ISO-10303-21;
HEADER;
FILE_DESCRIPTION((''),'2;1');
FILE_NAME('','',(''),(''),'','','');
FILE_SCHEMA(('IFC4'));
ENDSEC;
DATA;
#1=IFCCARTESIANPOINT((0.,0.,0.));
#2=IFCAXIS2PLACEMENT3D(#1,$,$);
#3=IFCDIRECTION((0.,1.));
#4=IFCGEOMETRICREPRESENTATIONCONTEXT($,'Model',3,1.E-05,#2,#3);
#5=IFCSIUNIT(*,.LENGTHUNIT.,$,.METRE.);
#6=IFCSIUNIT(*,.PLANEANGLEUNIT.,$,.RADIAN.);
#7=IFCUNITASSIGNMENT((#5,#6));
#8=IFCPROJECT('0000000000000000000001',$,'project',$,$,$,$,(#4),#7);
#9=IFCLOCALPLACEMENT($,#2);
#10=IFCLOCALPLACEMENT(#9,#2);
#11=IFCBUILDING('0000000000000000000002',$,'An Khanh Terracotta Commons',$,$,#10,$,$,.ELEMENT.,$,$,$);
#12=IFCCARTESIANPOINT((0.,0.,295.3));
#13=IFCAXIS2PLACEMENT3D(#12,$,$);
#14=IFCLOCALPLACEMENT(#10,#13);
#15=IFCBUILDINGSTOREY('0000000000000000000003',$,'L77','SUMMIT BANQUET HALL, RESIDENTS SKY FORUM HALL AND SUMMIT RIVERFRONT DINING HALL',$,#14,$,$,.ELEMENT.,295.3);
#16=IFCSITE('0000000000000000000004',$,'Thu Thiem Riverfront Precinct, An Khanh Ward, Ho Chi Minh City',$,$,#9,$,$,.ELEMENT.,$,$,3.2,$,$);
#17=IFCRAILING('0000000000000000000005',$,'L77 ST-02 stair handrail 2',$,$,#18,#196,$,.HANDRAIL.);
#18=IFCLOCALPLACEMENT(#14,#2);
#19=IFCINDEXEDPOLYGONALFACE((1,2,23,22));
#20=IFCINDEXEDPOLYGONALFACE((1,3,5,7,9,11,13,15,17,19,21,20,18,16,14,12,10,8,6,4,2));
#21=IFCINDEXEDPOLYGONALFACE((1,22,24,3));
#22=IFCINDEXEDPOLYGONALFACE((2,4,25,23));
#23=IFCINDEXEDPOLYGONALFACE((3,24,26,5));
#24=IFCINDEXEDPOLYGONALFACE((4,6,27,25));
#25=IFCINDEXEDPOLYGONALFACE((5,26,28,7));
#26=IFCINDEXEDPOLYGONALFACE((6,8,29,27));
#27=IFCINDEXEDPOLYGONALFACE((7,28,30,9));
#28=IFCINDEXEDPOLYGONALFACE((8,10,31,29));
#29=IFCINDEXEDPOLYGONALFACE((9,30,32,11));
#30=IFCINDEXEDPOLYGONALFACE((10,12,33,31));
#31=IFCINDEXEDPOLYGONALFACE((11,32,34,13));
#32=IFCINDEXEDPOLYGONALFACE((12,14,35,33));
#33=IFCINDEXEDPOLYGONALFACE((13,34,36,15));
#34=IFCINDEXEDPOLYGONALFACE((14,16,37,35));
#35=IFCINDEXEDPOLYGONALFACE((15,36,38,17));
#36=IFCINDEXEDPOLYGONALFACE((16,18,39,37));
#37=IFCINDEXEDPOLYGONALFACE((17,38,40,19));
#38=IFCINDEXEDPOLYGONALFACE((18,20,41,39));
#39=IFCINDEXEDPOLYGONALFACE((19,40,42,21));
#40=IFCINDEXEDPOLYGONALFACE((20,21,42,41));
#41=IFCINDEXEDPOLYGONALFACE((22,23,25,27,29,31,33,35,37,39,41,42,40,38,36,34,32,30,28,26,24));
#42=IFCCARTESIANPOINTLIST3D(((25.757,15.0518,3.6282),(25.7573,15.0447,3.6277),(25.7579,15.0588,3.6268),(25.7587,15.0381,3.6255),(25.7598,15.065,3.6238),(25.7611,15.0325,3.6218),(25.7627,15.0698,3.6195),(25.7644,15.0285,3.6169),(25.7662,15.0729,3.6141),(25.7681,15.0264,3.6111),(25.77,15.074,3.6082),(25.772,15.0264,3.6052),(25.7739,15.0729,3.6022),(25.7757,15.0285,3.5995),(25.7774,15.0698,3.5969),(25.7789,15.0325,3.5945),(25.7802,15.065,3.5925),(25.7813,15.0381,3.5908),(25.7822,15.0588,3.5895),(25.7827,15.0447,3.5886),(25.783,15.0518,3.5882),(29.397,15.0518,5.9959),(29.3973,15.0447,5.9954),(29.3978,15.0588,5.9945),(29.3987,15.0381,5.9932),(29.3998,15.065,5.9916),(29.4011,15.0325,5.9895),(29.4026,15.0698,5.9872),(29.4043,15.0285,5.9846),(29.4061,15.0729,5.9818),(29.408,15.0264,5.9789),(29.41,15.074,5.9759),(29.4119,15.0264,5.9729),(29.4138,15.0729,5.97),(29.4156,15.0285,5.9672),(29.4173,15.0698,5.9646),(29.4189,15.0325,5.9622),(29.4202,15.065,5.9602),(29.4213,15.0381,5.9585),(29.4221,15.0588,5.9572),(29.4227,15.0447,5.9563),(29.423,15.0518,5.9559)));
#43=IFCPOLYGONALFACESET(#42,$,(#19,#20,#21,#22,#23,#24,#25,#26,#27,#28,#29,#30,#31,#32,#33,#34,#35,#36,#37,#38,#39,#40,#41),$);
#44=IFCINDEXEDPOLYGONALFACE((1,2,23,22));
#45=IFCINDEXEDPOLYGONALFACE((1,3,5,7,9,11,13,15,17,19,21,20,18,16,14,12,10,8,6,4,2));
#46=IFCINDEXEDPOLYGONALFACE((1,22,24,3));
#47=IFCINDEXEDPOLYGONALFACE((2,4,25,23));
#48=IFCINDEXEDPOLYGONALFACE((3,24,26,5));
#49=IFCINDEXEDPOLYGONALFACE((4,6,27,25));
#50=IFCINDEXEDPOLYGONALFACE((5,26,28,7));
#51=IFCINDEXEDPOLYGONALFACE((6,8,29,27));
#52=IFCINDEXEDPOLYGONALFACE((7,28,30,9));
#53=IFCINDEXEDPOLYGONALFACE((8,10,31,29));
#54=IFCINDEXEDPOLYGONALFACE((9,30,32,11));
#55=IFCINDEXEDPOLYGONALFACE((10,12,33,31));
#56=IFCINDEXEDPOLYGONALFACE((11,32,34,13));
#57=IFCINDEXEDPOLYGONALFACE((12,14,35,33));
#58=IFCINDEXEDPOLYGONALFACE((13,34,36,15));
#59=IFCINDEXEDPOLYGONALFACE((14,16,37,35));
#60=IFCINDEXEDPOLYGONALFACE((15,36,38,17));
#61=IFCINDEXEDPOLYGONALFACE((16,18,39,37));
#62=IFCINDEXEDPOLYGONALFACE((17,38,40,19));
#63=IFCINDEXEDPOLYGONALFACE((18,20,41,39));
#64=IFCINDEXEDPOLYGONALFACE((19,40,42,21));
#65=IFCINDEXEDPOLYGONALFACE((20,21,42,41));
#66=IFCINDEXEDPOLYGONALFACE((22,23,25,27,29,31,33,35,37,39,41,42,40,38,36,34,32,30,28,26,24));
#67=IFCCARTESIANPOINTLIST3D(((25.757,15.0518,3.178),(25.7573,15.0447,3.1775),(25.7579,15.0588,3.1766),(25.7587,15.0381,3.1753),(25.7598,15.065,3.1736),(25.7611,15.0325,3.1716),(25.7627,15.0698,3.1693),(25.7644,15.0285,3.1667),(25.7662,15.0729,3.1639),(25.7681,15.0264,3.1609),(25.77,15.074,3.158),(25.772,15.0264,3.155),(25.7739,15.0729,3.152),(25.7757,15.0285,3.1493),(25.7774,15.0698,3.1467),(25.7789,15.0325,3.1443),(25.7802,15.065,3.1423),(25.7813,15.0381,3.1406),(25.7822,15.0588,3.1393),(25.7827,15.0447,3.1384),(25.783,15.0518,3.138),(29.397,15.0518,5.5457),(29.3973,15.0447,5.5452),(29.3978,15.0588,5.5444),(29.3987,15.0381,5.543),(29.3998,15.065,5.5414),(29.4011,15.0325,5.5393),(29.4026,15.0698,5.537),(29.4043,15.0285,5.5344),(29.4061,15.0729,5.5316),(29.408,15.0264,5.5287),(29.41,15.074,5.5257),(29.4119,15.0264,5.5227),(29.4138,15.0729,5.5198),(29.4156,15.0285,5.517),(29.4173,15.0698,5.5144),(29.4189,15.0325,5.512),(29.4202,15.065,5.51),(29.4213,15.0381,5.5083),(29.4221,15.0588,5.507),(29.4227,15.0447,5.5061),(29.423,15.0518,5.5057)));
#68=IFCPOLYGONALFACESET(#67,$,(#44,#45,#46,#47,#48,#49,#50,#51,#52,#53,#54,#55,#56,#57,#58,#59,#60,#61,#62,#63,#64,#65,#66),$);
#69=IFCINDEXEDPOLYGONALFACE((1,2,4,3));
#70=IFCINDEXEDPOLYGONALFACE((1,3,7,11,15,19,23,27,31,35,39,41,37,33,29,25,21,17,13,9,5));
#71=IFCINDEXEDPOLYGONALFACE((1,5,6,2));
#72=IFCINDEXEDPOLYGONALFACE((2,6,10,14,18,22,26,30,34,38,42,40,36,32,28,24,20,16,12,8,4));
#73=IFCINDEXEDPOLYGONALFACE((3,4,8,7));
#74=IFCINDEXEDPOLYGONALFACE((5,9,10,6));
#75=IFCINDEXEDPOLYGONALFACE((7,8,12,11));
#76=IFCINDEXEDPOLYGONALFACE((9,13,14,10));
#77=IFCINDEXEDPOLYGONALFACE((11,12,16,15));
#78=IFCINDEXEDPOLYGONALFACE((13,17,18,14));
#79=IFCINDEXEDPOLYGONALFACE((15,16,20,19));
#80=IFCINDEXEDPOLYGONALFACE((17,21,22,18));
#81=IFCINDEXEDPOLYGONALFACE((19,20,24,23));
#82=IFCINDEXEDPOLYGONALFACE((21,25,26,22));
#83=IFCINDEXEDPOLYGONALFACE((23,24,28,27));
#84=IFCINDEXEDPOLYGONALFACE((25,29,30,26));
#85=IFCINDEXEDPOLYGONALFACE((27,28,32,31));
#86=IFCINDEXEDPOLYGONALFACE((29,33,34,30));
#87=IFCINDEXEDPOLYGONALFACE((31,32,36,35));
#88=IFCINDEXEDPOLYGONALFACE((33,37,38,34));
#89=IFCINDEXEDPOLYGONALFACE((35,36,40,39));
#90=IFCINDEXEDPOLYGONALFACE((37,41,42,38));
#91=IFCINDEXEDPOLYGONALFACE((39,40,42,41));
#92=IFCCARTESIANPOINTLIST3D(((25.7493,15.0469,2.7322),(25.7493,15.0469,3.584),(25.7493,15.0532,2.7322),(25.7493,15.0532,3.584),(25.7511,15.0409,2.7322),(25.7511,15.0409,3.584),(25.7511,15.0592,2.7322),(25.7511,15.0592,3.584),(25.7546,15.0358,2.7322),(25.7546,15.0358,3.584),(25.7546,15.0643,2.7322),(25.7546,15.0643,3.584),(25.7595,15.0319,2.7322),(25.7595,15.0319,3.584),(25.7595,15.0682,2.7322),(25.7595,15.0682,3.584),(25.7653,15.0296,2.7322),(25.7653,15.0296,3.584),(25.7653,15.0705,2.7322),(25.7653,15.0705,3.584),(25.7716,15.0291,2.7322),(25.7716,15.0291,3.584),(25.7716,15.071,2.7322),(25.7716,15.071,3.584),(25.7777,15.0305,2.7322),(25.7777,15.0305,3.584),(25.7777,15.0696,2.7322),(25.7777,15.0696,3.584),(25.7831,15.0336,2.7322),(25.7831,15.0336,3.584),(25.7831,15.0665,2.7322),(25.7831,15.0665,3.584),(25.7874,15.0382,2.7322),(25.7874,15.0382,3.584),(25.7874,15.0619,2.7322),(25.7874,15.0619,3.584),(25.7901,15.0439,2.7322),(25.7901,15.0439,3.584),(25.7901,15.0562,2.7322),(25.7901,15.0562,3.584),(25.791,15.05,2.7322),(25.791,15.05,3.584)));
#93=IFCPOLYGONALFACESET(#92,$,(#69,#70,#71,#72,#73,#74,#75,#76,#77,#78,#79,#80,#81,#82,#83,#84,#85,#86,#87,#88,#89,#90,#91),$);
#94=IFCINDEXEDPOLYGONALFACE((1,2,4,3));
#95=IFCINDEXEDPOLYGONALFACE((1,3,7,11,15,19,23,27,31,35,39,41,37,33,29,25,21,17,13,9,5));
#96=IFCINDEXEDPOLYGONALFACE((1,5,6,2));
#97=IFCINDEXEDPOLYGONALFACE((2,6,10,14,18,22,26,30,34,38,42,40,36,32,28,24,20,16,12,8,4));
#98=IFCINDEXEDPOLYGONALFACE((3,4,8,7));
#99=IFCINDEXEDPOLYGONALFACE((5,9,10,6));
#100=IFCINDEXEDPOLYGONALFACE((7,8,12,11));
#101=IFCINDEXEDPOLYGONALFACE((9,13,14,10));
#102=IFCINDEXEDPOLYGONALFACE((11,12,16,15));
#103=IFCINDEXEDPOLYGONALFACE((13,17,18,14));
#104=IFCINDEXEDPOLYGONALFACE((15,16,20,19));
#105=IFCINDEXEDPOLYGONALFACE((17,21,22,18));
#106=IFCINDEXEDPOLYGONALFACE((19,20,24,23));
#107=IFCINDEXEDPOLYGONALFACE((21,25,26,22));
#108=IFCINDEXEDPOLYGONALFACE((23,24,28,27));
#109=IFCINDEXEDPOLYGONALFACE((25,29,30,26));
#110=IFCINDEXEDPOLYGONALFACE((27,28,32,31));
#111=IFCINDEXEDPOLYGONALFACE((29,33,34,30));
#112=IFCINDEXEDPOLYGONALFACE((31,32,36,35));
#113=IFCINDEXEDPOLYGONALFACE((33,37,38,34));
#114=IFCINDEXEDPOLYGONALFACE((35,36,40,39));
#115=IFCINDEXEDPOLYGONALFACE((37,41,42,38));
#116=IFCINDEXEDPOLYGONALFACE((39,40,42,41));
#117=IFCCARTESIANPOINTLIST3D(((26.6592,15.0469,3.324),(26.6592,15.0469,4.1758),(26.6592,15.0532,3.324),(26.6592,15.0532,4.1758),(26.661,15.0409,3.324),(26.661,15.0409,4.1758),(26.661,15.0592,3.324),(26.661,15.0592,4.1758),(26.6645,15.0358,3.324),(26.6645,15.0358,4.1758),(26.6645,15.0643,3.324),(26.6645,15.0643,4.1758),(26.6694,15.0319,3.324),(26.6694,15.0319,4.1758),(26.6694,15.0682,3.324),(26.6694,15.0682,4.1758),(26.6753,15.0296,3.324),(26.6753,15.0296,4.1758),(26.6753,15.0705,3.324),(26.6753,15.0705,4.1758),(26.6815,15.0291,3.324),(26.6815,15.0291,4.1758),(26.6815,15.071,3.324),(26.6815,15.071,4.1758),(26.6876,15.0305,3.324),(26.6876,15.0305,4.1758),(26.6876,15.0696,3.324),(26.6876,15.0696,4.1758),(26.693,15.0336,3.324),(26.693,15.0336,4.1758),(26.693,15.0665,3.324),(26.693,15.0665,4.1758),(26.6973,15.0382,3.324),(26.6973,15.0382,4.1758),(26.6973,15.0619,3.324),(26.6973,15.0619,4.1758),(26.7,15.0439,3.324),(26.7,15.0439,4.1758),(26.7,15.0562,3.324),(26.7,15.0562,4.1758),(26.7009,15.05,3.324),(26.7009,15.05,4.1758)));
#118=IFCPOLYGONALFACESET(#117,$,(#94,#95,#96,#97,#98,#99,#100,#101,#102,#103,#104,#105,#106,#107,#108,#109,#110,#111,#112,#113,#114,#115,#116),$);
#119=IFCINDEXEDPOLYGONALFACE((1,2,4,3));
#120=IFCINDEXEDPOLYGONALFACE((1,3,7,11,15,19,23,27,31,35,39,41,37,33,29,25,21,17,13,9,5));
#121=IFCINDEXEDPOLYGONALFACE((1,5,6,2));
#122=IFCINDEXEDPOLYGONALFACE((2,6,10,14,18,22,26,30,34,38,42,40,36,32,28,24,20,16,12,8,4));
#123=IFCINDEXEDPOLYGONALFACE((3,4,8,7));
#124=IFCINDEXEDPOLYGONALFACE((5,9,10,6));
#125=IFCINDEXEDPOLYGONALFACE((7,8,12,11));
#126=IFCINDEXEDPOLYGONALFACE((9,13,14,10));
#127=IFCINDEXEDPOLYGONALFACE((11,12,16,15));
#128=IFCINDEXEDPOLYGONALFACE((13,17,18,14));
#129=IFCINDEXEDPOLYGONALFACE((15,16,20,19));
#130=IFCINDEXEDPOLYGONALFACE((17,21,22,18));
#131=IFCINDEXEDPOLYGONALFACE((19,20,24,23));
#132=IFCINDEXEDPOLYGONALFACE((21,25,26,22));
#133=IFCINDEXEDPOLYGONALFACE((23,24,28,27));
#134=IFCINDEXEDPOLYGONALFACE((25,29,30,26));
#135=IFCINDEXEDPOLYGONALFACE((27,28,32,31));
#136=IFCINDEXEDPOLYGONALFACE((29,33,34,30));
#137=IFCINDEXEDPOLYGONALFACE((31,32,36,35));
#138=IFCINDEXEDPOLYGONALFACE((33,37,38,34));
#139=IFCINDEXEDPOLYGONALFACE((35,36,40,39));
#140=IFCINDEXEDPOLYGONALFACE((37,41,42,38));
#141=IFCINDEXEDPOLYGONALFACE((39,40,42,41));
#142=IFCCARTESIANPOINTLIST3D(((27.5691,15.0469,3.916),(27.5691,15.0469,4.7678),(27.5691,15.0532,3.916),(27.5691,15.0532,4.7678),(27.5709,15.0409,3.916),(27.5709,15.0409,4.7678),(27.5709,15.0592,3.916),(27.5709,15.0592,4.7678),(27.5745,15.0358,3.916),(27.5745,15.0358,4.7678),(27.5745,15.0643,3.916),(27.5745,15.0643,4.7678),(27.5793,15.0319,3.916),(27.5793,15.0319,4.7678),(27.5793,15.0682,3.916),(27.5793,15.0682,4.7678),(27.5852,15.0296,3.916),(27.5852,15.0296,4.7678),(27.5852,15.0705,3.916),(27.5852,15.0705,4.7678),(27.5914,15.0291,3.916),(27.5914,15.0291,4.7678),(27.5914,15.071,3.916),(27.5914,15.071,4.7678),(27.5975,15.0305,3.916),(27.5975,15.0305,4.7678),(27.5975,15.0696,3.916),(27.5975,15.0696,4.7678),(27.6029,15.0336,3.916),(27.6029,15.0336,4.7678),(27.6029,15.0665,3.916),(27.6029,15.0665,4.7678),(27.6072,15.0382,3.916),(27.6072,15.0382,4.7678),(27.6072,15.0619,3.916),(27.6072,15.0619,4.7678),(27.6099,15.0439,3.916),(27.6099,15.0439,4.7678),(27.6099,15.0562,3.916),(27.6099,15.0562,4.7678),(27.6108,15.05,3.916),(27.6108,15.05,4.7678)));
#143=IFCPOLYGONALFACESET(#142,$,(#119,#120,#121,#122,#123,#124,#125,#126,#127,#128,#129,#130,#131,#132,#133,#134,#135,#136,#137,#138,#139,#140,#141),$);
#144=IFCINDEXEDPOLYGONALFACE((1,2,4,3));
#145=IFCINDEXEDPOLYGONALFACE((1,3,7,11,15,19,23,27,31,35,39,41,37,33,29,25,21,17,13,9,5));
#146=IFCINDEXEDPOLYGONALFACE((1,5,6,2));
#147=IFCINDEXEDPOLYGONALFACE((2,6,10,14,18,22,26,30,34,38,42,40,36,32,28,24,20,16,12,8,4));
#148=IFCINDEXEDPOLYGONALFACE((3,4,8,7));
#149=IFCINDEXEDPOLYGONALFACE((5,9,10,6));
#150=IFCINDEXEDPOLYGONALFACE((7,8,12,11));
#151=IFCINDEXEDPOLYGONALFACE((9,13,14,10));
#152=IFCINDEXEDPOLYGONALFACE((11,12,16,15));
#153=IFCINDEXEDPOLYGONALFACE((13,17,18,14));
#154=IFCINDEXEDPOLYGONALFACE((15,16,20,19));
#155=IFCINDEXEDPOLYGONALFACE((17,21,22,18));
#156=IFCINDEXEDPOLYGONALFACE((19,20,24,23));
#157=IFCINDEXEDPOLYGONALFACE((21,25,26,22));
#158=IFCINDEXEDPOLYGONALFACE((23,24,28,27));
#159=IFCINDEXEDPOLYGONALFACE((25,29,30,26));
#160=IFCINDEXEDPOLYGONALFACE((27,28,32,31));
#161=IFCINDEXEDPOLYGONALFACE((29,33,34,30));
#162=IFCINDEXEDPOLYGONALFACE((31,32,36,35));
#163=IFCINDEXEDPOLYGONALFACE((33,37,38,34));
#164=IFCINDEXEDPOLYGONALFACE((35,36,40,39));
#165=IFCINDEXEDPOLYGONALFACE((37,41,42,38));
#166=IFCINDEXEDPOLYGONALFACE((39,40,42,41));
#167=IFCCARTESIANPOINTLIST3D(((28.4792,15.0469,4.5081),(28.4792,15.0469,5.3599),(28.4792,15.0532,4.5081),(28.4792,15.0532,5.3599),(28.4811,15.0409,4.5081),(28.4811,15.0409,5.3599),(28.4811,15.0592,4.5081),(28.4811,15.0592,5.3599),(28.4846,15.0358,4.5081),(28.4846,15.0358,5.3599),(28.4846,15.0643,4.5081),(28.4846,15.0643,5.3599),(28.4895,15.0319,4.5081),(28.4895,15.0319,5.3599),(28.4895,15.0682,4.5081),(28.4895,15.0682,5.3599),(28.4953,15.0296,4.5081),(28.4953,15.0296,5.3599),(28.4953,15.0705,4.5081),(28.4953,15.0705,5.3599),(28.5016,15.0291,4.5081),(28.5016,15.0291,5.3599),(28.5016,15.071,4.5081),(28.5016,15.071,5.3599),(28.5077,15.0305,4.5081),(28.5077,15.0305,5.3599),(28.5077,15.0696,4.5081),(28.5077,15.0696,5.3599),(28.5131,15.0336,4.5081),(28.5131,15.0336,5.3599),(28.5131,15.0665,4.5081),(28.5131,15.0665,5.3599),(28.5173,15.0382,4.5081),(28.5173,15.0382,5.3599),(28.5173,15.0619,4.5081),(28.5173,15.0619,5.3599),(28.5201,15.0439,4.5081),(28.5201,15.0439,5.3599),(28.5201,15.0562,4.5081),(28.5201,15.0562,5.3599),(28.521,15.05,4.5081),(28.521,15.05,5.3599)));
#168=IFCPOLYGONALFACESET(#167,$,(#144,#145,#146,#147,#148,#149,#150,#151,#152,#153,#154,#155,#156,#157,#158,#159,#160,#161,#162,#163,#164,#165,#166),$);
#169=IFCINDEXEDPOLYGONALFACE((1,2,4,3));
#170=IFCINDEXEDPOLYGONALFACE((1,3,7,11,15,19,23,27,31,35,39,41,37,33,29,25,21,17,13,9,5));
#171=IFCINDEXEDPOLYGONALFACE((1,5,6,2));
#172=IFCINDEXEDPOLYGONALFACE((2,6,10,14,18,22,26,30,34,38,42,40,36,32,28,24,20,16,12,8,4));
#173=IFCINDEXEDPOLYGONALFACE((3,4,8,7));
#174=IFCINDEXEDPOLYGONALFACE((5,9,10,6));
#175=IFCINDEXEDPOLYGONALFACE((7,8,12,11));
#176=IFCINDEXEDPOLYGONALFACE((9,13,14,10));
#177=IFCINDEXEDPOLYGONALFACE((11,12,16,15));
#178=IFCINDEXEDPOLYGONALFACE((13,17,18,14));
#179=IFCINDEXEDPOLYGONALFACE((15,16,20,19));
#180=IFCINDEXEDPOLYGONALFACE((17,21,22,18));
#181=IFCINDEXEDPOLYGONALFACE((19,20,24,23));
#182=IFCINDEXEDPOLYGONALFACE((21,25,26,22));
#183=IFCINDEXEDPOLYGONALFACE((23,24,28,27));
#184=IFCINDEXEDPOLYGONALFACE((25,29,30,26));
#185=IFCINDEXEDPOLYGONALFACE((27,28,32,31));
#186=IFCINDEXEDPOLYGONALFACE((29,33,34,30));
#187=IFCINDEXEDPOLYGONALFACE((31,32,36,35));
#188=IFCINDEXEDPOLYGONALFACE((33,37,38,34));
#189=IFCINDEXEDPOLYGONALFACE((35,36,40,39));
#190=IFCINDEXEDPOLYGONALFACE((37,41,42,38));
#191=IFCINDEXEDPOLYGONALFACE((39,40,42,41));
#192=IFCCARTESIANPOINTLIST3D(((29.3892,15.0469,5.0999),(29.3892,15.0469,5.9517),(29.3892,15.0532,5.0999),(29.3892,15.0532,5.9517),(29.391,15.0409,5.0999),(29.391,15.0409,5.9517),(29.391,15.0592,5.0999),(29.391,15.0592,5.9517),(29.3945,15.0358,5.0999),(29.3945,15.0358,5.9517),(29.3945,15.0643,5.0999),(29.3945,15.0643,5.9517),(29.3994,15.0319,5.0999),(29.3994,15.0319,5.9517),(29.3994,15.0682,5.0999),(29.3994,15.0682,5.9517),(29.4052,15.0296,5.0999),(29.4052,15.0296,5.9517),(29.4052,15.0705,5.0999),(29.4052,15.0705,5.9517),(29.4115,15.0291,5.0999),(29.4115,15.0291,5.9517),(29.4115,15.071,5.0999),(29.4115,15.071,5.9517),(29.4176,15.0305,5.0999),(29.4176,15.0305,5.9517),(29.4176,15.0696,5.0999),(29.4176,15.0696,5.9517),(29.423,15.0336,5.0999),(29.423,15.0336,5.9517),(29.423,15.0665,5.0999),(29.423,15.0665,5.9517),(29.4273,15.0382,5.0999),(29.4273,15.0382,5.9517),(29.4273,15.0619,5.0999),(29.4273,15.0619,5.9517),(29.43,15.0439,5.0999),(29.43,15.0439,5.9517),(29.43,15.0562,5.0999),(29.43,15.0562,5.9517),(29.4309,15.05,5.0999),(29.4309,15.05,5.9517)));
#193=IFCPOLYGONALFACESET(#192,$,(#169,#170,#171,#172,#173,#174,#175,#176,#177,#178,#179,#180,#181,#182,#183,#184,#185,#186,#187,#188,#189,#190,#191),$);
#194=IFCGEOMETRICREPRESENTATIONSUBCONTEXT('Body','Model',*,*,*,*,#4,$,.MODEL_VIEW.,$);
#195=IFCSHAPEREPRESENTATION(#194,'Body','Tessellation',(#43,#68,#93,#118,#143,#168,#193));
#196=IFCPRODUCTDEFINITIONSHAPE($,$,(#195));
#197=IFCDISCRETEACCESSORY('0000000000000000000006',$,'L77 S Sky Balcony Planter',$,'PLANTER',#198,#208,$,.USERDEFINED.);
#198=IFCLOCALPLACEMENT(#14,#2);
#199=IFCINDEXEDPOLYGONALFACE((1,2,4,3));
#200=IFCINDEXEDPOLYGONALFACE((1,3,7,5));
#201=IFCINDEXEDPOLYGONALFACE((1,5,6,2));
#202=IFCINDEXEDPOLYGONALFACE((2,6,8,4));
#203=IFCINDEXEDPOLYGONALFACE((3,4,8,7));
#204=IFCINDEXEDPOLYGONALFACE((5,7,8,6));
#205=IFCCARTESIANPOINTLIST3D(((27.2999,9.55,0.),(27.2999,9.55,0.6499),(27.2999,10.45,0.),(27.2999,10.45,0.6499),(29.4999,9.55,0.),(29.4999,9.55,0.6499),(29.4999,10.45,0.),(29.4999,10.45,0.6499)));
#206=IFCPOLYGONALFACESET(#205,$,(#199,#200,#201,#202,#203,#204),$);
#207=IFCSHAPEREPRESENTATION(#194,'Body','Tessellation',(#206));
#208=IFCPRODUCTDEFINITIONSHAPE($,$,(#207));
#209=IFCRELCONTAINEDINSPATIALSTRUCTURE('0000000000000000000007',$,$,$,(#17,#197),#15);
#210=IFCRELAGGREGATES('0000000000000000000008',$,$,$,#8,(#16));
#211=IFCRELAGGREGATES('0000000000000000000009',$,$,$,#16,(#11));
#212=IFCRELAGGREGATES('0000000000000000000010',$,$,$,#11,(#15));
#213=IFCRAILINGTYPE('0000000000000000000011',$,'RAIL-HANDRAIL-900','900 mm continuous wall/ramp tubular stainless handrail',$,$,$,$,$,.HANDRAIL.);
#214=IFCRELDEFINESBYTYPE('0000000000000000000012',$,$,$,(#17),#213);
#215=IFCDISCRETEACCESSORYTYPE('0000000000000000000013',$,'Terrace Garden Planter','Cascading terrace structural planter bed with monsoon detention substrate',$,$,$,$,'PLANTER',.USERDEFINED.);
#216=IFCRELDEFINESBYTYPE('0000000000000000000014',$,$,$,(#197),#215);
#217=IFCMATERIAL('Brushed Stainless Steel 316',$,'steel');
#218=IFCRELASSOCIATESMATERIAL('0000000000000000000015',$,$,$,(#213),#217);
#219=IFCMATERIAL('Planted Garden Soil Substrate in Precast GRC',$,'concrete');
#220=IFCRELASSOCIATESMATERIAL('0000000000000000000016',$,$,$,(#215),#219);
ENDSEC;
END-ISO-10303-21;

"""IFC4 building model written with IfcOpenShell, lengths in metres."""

from ifc_helpers import new_model, si_unit, direction, frame, origin, origin_2d, place, context, subcontext, project, spatial, rectangle, circle, extrude, material, type_object, element, save


model = new_model("IFC4")

# Units and contexts
model_context = context("Model", 3, precision=1e-05, world=origin(), true_north=direction((0.0, 1.0)))
body_context = subcontext(model_context, "Body", "Model", "MODEL_VIEW")
ifc_project = project(units=[si_unit("LENGTHUNIT", "METRE"), si_unit("PLANEANGLEUNIT", "RADIAN")], contexts=[model_context])

# Site, building, storey
site_placement = place(None, origin())
site = spatial("IfcSite", under=ifc_project, at=site_placement, Name="Thu Thiem Riverfront Precinct, An Khanh Ward, Ho Chi Minh City", CompositionType="ELEMENT", RefElevation=3.2)
building_placement = place(site_placement, origin())
building = spatial("IfcBuilding", under=site, at=building_placement, Name="An Khanh Terracotta Commons", CompositionType="ELEMENT")
storey_placement = place(building_placement, frame((0.0, 0.0, 295.3)))
storey = spatial("IfcBuildingStorey", under=building, at=storey_placement, Name="L77", Description="SUMMIT BANQUET HALL, RESIDENTS SKY FORUM HALL AND SUMMIT RIVERFRONT DINING HALL", CompositionType="ELEMENT", Elevation=295.3)

# Railing
ifc_material_1 = material(Name="Brushed Stainless Steel 316", Category="steel")
railing_type_1 = type_object("IfcRailingType", Name="RAIL-HANDRAIL-900", Description="900 mm continuous wall/ramp tubular stainless handrail", PredefinedType="HANDRAIL", material=ifc_material_1)
railing_1_placement = place(storey_placement, frame((25.77, 15.05, 2.7322)))
element("IfcRailing", 1, at=railing_1_placement, inside=storey, type_object=railing_type_1, Name="L77 ST-02 stair handrail 2", PredefinedType="HANDRAIL", context=body_context, shape_type="SweptSolid", body=[
    extrude(circle(Radius=0.0239, at=origin_2d()), frame((0.0, 0.0, 0.876), z_axis=(0.83826, 0.0, 0.545271), x_axis=(0.0, 1.0, 0.0)), (0.0, 0.0, 1.0), 4.3423),
    extrude(circle(Radius=0.0239, at=origin_2d()), frame((0.0, 0.0, 0.4258), z_axis=(0.83826, 0.0, 0.545271), x_axis=(0.0, 1.0, 0.0)), (0.0, 0.0, 1.0), 4.3423),
    extrude(circle(Radius=0.021, at=origin_2d()), origin(), (0.0, 0.0, 1.0), 0.8518),
    extrude(circle(Radius=0.021, at=origin_2d()), frame((0.9099, 0.0, 0.5918)), (0.0, 0.0, 1.0), 0.8518),
    extrude(circle(Radius=0.021, at=origin_2d()), frame((1.8198, 0.0, 1.1838)), (0.0, 0.0, 1.0), 0.8518),
    extrude(circle(Radius=0.021, at=origin_2d()), frame((2.73, 0.0, 1.7759)), (0.0, 0.0, 1.0), 0.8518),
    extrude(circle(Radius=0.021, at=origin_2d()), frame((3.6399, 0.0, 2.3677)), (0.0, 0.0, 1.0), 0.8518),
])

# Discrete accessory
ifc_material_2 = material(Name="Planted Garden Soil Substrate in Precast GRC", Category="concrete")
discrete_accessory_type = type_object("IfcDiscreteAccessoryType", Name="Terrace Garden Planter", Description="Cascading terrace structural planter bed with monsoon detention substrate", ElementType="PLANTER", PredefinedType="USERDEFINED", material=ifc_material_2)
discrete_accessory_placement = place(storey_placement, frame((28.3999, 10.0, 0.0), z_axis=(0.0, 0.0, 1.0), x_axis=(1.0, 0.0, 0.0)))
element("IfcDiscreteAccessory", 2, at=discrete_accessory_placement, inside=storey, type_object=discrete_accessory_type, Name="L77 S Sky Balcony Planter", ObjectType="PLANTER", PredefinedType="USERDEFINED", context=body_context, shape_type="SweptSolid", body=[
    extrude(rectangle(XDim=2.2, YDim=0.8999, at=origin_2d()), origin(), (0.0, 0.0, 1.0), 0.6499),
])

save(model, "model.ifc")
